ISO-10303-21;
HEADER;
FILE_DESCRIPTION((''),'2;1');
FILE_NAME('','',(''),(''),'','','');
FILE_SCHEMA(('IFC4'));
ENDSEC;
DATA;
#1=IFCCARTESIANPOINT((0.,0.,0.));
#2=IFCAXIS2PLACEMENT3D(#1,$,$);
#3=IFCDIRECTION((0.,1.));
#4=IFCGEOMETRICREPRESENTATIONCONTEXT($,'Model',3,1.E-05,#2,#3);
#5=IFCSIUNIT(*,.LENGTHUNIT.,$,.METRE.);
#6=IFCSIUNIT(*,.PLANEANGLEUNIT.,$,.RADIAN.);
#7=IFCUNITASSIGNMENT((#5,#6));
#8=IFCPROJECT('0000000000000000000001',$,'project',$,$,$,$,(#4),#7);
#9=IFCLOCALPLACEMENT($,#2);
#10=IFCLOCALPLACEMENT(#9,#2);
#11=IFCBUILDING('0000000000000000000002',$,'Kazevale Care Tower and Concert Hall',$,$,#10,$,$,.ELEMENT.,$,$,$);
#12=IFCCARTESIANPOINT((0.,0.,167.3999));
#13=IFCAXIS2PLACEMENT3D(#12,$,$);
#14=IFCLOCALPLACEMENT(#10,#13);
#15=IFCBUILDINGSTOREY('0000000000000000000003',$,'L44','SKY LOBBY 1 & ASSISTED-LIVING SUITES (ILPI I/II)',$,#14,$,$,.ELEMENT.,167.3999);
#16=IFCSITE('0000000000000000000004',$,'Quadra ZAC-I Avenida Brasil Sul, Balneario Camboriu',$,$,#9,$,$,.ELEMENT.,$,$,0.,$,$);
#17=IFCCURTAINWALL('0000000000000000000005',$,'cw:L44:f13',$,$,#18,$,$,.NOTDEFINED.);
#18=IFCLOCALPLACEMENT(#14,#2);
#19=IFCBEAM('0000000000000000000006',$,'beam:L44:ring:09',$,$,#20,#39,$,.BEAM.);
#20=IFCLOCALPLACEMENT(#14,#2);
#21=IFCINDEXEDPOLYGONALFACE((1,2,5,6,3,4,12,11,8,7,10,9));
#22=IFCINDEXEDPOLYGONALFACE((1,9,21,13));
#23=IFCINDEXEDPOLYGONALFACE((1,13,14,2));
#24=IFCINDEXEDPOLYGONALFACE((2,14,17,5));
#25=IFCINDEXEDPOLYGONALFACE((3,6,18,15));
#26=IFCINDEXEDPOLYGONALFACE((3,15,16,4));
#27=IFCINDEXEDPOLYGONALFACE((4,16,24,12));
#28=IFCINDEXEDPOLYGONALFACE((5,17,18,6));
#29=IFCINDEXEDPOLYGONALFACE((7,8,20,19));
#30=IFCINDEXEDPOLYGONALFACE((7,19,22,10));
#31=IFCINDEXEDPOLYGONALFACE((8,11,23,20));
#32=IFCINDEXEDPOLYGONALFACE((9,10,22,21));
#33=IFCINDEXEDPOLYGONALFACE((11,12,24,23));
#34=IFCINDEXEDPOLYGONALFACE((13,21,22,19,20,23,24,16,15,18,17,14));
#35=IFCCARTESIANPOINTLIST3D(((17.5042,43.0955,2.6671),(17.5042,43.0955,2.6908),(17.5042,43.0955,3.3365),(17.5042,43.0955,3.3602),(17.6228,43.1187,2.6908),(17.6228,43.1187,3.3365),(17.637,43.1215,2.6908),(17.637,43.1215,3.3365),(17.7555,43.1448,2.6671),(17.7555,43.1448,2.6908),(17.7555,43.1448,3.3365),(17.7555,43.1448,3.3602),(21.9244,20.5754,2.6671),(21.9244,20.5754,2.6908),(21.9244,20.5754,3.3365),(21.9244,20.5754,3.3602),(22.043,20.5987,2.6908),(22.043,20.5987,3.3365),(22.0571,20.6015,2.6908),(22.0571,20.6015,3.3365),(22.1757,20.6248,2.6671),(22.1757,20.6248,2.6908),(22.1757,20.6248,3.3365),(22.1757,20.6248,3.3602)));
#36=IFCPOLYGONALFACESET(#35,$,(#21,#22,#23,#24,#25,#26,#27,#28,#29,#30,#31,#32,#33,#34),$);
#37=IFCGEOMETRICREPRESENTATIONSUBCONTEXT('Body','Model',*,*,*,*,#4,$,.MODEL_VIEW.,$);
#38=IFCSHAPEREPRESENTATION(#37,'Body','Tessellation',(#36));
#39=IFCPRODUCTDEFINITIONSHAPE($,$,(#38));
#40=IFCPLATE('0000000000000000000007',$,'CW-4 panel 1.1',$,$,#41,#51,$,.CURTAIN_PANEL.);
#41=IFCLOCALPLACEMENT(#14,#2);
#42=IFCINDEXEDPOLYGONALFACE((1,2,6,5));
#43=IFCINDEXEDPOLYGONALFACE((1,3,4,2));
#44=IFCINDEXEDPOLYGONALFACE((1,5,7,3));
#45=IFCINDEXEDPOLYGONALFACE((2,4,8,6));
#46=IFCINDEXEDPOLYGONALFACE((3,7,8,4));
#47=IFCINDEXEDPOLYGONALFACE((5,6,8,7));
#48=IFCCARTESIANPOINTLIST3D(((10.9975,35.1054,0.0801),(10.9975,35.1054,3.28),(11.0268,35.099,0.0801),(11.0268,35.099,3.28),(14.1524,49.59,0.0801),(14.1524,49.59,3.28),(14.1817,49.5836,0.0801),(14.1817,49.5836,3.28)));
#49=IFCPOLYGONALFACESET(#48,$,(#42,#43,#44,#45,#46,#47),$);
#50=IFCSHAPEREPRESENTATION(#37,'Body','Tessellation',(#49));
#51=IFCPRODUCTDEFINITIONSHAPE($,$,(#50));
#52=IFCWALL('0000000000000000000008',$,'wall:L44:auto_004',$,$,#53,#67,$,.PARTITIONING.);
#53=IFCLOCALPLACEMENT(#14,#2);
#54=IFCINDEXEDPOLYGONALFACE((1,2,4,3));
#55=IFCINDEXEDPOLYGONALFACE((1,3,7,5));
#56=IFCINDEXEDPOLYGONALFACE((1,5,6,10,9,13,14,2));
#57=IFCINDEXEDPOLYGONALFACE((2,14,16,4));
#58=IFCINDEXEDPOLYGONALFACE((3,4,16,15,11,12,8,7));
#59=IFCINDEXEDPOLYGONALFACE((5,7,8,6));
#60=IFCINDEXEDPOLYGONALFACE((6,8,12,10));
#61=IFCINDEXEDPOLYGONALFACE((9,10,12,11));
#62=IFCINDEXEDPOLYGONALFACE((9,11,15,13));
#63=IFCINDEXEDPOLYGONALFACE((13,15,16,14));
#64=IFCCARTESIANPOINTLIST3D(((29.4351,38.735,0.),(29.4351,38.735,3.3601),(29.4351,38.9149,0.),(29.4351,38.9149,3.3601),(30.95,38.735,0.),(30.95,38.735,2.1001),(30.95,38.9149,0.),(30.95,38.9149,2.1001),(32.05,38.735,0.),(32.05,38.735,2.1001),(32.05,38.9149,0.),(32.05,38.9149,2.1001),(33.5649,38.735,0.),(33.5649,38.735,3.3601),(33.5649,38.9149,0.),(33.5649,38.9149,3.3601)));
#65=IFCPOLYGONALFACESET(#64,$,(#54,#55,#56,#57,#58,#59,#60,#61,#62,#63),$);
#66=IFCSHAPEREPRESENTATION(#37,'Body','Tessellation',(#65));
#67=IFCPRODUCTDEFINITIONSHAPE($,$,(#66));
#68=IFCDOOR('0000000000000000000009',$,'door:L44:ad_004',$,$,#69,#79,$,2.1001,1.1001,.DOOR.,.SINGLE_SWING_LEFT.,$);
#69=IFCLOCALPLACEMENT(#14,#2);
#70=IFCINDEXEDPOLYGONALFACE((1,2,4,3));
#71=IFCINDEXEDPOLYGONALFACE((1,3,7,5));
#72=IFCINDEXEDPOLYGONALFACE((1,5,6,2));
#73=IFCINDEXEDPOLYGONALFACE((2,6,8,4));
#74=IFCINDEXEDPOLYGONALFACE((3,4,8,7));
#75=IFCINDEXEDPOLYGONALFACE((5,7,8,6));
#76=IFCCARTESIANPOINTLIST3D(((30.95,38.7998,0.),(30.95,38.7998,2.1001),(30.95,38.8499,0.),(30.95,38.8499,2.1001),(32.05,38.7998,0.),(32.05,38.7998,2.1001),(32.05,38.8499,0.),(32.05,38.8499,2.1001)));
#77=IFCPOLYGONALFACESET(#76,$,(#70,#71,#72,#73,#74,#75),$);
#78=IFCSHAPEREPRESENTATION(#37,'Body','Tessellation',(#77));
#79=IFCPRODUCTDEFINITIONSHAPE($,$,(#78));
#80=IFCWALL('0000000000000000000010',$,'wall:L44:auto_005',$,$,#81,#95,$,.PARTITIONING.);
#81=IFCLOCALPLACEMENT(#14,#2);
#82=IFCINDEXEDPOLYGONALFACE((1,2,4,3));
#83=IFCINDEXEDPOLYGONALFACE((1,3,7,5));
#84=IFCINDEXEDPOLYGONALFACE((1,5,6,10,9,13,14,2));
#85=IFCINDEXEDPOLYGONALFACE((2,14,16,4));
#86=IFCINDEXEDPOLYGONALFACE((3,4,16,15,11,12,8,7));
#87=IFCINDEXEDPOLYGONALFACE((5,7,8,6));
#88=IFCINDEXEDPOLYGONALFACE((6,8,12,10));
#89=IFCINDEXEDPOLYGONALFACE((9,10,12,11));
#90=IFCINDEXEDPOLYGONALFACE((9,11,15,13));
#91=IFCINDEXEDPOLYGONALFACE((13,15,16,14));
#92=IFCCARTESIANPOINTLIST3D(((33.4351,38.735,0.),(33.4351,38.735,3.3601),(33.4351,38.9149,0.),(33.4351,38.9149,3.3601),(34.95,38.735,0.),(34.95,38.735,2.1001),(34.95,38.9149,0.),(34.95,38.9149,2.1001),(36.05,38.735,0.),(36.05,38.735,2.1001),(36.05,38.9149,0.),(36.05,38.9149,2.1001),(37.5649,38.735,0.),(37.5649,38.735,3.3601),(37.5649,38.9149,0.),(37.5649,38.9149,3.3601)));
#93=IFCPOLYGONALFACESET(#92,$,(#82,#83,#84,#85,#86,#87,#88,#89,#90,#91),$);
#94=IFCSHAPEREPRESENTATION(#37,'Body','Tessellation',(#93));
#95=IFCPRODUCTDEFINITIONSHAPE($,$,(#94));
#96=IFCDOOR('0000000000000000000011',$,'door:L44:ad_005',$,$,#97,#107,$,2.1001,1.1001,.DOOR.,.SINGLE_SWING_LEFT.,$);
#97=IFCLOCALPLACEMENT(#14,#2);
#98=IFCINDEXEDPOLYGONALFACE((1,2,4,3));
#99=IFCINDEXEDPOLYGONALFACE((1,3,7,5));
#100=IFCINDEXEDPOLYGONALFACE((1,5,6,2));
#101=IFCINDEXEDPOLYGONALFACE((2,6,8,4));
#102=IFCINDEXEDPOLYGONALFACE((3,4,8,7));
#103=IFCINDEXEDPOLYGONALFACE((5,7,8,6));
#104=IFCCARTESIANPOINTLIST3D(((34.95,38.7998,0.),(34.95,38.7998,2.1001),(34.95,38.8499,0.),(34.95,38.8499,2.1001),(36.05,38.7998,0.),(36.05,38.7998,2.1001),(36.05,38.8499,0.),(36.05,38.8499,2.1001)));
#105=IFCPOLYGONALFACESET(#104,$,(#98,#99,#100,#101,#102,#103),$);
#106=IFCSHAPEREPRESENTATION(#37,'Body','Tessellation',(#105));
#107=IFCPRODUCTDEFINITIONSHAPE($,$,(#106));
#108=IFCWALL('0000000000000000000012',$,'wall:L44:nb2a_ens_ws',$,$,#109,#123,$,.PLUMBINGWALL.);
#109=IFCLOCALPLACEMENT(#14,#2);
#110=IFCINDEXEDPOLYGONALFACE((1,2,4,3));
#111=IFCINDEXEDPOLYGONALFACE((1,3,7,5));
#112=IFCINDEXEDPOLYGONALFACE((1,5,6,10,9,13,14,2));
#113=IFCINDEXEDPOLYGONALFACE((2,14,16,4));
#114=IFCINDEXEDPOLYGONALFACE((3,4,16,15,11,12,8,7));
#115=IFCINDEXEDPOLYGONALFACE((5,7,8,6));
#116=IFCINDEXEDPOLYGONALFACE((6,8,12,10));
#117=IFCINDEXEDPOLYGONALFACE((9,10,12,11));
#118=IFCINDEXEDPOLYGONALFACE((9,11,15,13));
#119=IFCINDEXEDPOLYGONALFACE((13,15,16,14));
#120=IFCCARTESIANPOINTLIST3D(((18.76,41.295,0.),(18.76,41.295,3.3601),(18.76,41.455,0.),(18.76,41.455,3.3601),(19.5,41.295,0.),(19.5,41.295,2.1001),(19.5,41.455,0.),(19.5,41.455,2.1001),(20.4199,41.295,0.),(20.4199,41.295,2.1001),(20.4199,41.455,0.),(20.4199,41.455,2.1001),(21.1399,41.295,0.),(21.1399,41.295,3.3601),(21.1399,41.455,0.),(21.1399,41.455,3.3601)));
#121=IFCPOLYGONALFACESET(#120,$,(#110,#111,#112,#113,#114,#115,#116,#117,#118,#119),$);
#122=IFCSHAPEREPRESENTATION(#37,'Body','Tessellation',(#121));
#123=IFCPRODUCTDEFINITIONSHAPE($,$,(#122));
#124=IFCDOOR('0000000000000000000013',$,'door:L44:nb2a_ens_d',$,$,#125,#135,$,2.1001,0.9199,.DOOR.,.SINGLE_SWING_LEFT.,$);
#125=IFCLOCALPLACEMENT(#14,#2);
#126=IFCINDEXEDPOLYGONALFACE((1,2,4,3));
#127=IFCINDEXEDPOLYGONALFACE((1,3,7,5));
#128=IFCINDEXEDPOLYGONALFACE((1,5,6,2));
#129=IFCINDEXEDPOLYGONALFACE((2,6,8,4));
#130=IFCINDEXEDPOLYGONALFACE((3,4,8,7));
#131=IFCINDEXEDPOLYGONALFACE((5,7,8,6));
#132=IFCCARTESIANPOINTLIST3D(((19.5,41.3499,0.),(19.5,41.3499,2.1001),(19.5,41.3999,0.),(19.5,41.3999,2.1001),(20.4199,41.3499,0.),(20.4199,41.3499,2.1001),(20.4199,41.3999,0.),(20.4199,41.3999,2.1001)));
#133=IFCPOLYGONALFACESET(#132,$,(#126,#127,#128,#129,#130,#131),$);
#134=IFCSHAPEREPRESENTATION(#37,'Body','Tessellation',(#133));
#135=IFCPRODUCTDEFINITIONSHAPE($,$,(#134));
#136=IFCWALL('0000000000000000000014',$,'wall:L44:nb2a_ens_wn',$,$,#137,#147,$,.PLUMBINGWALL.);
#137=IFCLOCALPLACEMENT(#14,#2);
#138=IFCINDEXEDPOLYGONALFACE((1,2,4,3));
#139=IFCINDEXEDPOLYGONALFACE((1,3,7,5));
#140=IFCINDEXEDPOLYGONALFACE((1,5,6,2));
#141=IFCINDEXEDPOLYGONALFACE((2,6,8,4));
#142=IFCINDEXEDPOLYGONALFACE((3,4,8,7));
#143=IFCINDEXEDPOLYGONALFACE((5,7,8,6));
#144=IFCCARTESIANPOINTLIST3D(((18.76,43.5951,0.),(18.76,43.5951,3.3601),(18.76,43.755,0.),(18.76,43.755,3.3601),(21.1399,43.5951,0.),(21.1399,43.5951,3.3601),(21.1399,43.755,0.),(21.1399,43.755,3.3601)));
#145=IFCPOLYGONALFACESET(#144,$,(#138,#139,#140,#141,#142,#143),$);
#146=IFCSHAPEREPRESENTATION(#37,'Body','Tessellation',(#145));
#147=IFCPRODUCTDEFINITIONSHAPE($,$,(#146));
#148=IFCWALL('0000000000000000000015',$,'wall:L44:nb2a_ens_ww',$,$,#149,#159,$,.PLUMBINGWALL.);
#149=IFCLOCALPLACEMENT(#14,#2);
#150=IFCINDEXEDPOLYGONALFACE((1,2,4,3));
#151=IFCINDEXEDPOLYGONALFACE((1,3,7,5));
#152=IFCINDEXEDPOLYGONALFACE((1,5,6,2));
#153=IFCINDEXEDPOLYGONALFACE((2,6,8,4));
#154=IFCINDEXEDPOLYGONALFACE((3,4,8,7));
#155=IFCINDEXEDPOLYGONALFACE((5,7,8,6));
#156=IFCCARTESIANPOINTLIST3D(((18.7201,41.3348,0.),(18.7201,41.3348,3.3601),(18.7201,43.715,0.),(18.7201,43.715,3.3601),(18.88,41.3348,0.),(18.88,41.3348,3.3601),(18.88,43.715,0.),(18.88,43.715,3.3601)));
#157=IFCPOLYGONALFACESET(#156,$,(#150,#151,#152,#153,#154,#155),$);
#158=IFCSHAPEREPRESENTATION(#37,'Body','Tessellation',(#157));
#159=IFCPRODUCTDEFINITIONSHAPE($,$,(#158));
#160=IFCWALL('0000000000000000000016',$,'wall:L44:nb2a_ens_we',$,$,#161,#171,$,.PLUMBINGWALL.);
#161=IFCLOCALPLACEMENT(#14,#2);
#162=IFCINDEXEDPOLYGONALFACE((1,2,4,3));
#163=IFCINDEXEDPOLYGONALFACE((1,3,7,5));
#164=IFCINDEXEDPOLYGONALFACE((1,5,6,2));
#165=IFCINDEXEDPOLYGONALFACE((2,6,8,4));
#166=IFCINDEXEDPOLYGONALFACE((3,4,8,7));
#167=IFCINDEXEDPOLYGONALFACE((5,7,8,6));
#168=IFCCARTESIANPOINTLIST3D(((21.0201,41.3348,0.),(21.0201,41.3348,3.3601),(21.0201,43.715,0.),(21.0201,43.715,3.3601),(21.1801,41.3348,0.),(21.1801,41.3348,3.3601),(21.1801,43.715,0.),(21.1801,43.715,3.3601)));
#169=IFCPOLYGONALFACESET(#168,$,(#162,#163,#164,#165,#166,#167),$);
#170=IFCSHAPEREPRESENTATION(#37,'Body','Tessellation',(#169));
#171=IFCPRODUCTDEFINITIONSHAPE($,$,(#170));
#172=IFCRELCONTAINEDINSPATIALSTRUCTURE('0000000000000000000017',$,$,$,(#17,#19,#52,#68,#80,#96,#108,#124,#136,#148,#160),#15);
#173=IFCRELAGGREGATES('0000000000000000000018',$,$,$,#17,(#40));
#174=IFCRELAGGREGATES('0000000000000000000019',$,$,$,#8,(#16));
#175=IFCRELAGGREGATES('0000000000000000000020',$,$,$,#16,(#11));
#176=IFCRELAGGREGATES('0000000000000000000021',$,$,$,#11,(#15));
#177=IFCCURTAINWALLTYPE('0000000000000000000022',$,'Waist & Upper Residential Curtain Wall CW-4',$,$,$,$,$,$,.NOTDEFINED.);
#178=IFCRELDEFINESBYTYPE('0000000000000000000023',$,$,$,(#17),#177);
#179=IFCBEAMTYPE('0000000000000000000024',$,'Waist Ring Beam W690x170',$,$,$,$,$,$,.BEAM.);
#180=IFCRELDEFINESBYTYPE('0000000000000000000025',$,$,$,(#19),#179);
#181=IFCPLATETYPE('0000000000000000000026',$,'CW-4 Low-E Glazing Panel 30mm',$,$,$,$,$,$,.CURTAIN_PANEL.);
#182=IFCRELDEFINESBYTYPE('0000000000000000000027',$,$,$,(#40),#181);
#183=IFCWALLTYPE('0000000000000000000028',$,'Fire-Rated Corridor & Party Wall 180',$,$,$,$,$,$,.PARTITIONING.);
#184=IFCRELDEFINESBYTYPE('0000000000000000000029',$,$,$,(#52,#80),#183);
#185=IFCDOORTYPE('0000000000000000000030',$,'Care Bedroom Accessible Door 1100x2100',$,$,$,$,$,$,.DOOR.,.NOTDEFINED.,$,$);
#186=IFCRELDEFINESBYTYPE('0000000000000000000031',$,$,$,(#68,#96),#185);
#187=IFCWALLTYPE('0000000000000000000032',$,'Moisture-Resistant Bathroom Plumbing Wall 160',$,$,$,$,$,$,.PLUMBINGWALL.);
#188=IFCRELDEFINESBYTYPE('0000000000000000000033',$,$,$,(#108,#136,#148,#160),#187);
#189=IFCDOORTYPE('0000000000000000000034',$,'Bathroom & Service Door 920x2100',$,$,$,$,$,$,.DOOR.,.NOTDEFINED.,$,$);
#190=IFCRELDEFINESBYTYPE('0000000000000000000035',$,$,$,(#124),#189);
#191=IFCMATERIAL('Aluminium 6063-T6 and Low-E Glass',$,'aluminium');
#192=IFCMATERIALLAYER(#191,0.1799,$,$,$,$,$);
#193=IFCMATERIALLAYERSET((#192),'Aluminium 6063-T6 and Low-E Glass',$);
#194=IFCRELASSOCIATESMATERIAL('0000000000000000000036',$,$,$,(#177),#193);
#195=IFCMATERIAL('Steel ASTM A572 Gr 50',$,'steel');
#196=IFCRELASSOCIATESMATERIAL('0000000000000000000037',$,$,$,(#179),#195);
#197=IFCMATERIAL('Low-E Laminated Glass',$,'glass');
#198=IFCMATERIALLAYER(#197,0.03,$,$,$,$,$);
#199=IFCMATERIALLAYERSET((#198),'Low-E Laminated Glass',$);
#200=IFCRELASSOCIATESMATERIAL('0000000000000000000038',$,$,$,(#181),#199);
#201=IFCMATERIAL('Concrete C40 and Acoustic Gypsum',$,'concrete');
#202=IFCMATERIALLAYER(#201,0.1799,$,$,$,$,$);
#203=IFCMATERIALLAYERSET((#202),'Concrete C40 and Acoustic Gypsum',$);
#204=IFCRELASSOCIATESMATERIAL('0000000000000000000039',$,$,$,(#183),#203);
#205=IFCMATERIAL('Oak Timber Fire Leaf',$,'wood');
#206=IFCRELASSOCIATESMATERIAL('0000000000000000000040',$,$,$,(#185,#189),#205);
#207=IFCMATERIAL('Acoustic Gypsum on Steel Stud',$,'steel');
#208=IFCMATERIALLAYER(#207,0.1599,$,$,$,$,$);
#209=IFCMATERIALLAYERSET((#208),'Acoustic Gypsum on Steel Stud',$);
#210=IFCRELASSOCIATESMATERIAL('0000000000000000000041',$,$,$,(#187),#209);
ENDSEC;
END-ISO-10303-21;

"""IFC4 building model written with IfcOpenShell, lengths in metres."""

from ifc_helpers import new_model, si_unit, direction, frame, frame_2d, origin, origin_2d, place, context, subcontext, project, spatial, rectangle, i_section, extrude, material, layer, layer_set, material_profile, profile_set, type_object, element, fill, aggregate, save


model = new_model("IFC4")

# Units and contexts
model_context = context("Model", 3, precision=1e-05, world=origin(), true_north=direction((0.0, 1.0)))
body_context = subcontext(model_context, "Body", "Model", "MODEL_VIEW")
ifc_project = project(units=[si_unit("LENGTHUNIT", "METRE"), si_unit("PLANEANGLEUNIT", "RADIAN")], contexts=[model_context])

# Site, building, storey
site_placement = place(None, origin())
site = spatial("IfcSite", under=ifc_project, at=site_placement, Name="Quadra ZAC-I Avenida Brasil Sul, Balneario Camboriu", CompositionType="ELEMENT", RefElevation=0.0)
building_placement = place(site_placement, origin())
building = spatial("IfcBuilding", under=site, at=building_placement, Name="Kazevale Care Tower and Concert Hall", CompositionType="ELEMENT")
storey_placement = place(building_placement, frame((0.0, 0.0, 167.3999)))
storey = spatial("IfcBuildingStorey", under=building, at=storey_placement, Name="L44", Description="SKY LOBBY 1 & ASSISTED-LIVING SUITES (ILPI I/II)", CompositionType="ELEMENT", Elevation=167.3999)

# Shared definitions
ifc_material_1 = material(Name="Aluminium 6063-T6 and Low-E Glass", Category="aluminium")

# Curtain wall
ifc_layer_1 = layer(ifc_material_1, 0.1799)
ifc_layer_set_1 = layer_set([ifc_layer_1], Name="Aluminium 6063-T6 and Low-E Glass")
curtain_wall_type_1 = type_object("IfcCurtainWallType", Name="Waist & Upper Residential Curtain Wall CW-4", PredefinedType="NOTDEFINED", material=ifc_layer_set_1)
curtain_wall_1_placement = place(storey_placement, origin())
curtain_wall_1 = element("IfcCurtainWall", 1, at=curtain_wall_1_placement, inside=storey, type_object=curtain_wall_type_1, Name="cw:L44:f13", PredefinedType="NOTDEFINED")

# Beam
ifc_material_2 = material(Name="Steel ASTM A572 Gr 50", Category="steel")
ifc_material_profile_1 = material_profile(ifc_material_2, i_section(OverallWidth=0.2561, OverallDepth=0.6931, WebThickness=0.0144, FlangeThickness=0.0237, at=origin_2d()), Name="W690x170")
ifc_profile_set_1 = profile_set([ifc_material_profile_1], Name="Steel ASTM A572 Gr 50")
beam_type_1 = type_object("IfcBeamType", Name="Waist Ring Beam W690x170", PredefinedType="BEAM", material=ifc_profile_set_1)
beam_1_placement = place(storey_placement, frame((17.6299, 43.1201, 3.0137), z_axis=(0.192602, -0.981277, 0.0), x_axis=(0.981277, 0.192602, 0.0)))
element("IfcBeam", 2, at=beam_1_placement, inside=storey, type_object=beam_type_1, Name="beam:L44:ring:09", PredefinedType="BEAM", context=body_context, shape_type="SweptSolid", body=[
    extrude(i_section(OverallWidth=0.2561, OverallDepth=0.6931, WebThickness=0.0144, FlangeThickness=0.0237, at=origin_2d()), origin(), (0.0, 0.0, 1.0), 22.9497),
])

# Plate
ifc_material_3 = material(Name="Low-E Laminated Glass", Category="glass")
ifc_layer_2 = layer(ifc_material_3, 0.03)
ifc_layer_set_2 = layer_set([ifc_layer_2], Name="Low-E Laminated Glass")
plate_type = type_object("IfcPlateType", Name="CW-4 Low-E Glazing Panel 30mm", PredefinedType="CURTAIN_PANEL", material=ifc_layer_set_2)
plate_placement = place(storey_placement, frame((12.5896, 42.3445, 0.0801), z_axis=(0.0, 0.0, 1.0), x_axis=(0.212823, 0.977091, 0.0)))
plate = element("IfcPlate", 3, at=plate_placement, type_object=plate_type, Name="CW-4 panel 1.1", PredefinedType="CURTAIN_PANEL", context=body_context, shape_type="SweptSolid", body=[
    extrude(rectangle(XDim=14.8242, YDim=0.03, at=origin_2d()), origin(), (0.0, 0.0, 1.0), 3.2),
])
aggregate(curtain_wall_1, [plate])

# Walls, openings, doors
ifc_material_4 = material(Name="Concrete C40 and Acoustic Gypsum", Category="concrete")
ifc_layer_3 = layer(ifc_material_4, 0.1799)
ifc_layer_set_3 = layer_set([ifc_layer_3], Name="Concrete C40 and Acoustic Gypsum")
wall_type_1 = type_object("IfcWallType", Name="Fire-Rated Corridor & Party Wall 180", PredefinedType="PARTITIONING", material=ifc_layer_set_3)
wall_1_placement = place(storey_placement, frame((29.4351, 38.825, 0.0), z_axis=(0.0, 0.0, 1.0), x_axis=(1.0, 0.0, 0.0)))
wall_1 = element("IfcWall", 4, at=wall_1_placement, inside=storey, type_object=wall_type_1, Name="wall:L44:auto_004", PredefinedType="PARTITIONING", context=body_context, shape_type="SweptSolid", body=[
    extrude(rectangle(XDim=4.1299, YDim=0.1799, at=frame_2d((2.0649, 0.0))), origin(), (0.0, 0.0, 1.0), 3.3601),
])
opening_1_placement = place(wall_1_placement, frame((1.5149, 0.0, 0.0)))
opening_1 = element("IfcOpeningElement", 5, at=opening_1_placement, cuts=wall_1, PredefinedType="OPENING", context=body_context, shape_type="SweptSolid", body=[
    extrude(rectangle(XDim=1.1001, YDim=2.1001, at=frame_2d((0.55, 1.05))), frame((0.0, 0.0999, 0.0), z_axis=(0.0, -1.0, 0.0), x_axis=(1.0, 0.0, 0.0)), (0.0, 0.0, 1.0), 0.2),
])
ifc_material_5 = material(Name="Oak Timber Fire Leaf", Category="wood")
door_type_1 = type_object("IfcDoorType", Name="Care Bedroom Accessible Door 1100x2100", OperationType="NOTDEFINED", PredefinedType="DOOR", material=ifc_material_5)
door_1_placement = place(opening_1_placement, origin())
door_1 = element("IfcDoor", 6, at=door_1_placement, inside=storey, type_object=door_type_1, Name="door:L44:ad_004", OperationType="SINGLE_SWING_LEFT", OverallHeight=2.1001, OverallWidth=1.1001, PredefinedType="DOOR", context=body_context, shape_type="SweptSolid", body=[
    extrude(rectangle(XDim=1.1001, YDim=2.1001, at=frame_2d((0.55, 1.05))), frame((0.0, 0.0249, 0.0), z_axis=(0.0, -1.0, 0.0), x_axis=(1.0, 0.0, 0.0)), (0.0, 0.0, 1.0), 0.05),
])
fill(opening_1, door_1)
wall_2_placement = place(storey_placement, frame((33.4351, 38.825, 0.0), z_axis=(0.0, 0.0, 1.0), x_axis=(1.0, 0.0, 0.0)))
wall_2 = element("IfcWall", 7, at=wall_2_placement, inside=storey, type_object=wall_type_1, Name="wall:L44:auto_005", PredefinedType="PARTITIONING", context=body_context, shape_type="SweptSolid", body=[
    extrude(rectangle(XDim=4.1299, YDim=0.1799, at=frame_2d((2.0649, 0.0))), origin(), (0.0, 0.0, 1.0), 3.3601),
])
opening_2_placement = place(wall_2_placement, frame((1.5149, 0.0, 0.0)))
opening_2 = element("IfcOpeningElement", 8, at=opening_2_placement, cuts=wall_2, PredefinedType="OPENING", context=body_context, shape_type="SweptSolid", body=[
    extrude(rectangle(XDim=1.1001, YDim=2.1001, at=frame_2d((0.55, 1.05))), frame((0.0, 0.0999, 0.0), z_axis=(0.0, -1.0, 0.0), x_axis=(1.0, 0.0, 0.0)), (0.0, 0.0, 1.0), 0.2),
])
door_2_placement = place(opening_2_placement, origin())
door_2 = element("IfcDoor", 9, at=door_2_placement, inside=storey, type_object=door_type_1, Name="door:L44:ad_005", OperationType="SINGLE_SWING_LEFT", OverallHeight=2.1001, OverallWidth=1.1001, PredefinedType="DOOR", context=body_context, shape_type="SweptSolid", body=[
    extrude(rectangle(XDim=1.1001, YDim=2.1001, at=frame_2d((0.55, 1.05))), frame((0.0, 0.0249, 0.0), z_axis=(0.0, -1.0, 0.0), x_axis=(1.0, 0.0, 0.0)), (0.0, 0.0, 1.0), 0.05),
])
fill(opening_2, door_2)
ifc_material_6 = material(Name="Acoustic Gypsum on Steel Stud", Category="steel")
ifc_layer_4 = layer(ifc_material_6, 0.1599)
ifc_layer_set_4 = layer_set([ifc_layer_4], Name="Acoustic Gypsum on Steel Stud")
wall_type_2 = type_object("IfcWallType", Name="Moisture-Resistant Bathroom Plumbing Wall 160", PredefinedType="PLUMBINGWALL", material=ifc_layer_set_4)
wall_3_placement = place(storey_placement, frame((18.76, 41.375, 0.0), z_axis=(0.0, 0.0, 1.0), x_axis=(1.0, 0.0, 0.0)))
wall_3 = element("IfcWall", 10, at=wall_3_placement, inside=storey, type_object=wall_type_2, Name="wall:L44:nb2a_ens_ws", PredefinedType="PLUMBINGWALL", context=body_context, shape_type="SweptSolid", body=[
    extrude(rectangle(XDim=2.3799, YDim=0.1599, at=frame_2d((1.1899, 0.0))), origin(), (0.0, 0.0, 1.0), 3.3601),
])
opening_3_placement = place(wall_3_placement, frame((0.74, 0.0, 0.0)))
opening_3 = element("IfcOpeningElement", 11, at=opening_3_placement, cuts=wall_3, PredefinedType="OPENING", context=body_context, shape_type="SweptSolid", body=[
    extrude(rectangle(XDim=0.9199, YDim=2.1001, at=frame_2d((0.46, 1.05))), frame((0.0, 0.0898, 0.0), z_axis=(0.0, -1.0, 0.0), x_axis=(1.0, 0.0, 0.0)), (0.0, 0.0, 1.0), 0.1799),
])
door_type_2 = type_object("IfcDoorType", Name="Bathroom & Service Door 920x2100", OperationType="NOTDEFINED", PredefinedType="DOOR", material=ifc_material_5)
door_3_placement = place(opening_3_placement, origin())
door_3 = element("IfcDoor", 12, at=door_3_placement, inside=storey, type_object=door_type_2, Name="door:L44:nb2a_ens_d", OperationType="SINGLE_SWING_LEFT", OverallHeight=2.1001, OverallWidth=0.9199, PredefinedType="DOOR", context=body_context, shape_type="SweptSolid", body=[
    extrude(rectangle(XDim=0.9199, YDim=2.1001, at=frame_2d((0.46, 1.05))), frame((0.0, 0.0249, 0.0), z_axis=(0.0, -1.0, 0.0), x_axis=(1.0, 0.0, 0.0)), (0.0, 0.0, 1.0), 0.05),
])
fill(opening_3, door_3)

# Walls
wall_4_placement = place(storey_placement, frame((18.76, 43.675, 0.0), z_axis=(0.0, 0.0, 1.0), x_axis=(1.0, 0.0, 0.0)))
element("IfcWall", 13, at=wall_4_placement, inside=storey, type_object=wall_type_2, Name="wall:L44:nb2a_ens_wn", PredefinedType="PLUMBINGWALL", context=body_context, shape_type="SweptSolid", body=[
    extrude(rectangle(XDim=2.3799, YDim=0.1599, at=frame_2d((1.1899, 0.0))), origin(), (0.0, 0.0, 1.0), 3.3601),
])
for number, where, z_axis, x_axis, name in (
    (14, (18.8, 41.335, 0.0), (0.0, 0.0, 1.0), (0.0, 1.0, 0.0), "wall:L44:nb2a_ens_ww"),
    (15, (21.1001, 41.335, 0.0), (0.0, 0.0, 1.0), (0.0, 1.0, 0.0), "wall:L44:nb2a_ens_we"),
):
    element("IfcWall", number, at=place(storey_placement, frame(where, z_axis=z_axis, x_axis=x_axis)), inside=storey, type_object=wall_type_2, Name=name, PredefinedType="PLUMBINGWALL", context=body_context, shape_type="SweptSolid", body=[
        extrude(rectangle(XDim=2.3801, YDim=0.1599, at=frame_2d((1.1899, 0.0))), origin(), (0.0, 0.0, 1.0), 3.3601),
    ])

save(model, "model.ifc")
